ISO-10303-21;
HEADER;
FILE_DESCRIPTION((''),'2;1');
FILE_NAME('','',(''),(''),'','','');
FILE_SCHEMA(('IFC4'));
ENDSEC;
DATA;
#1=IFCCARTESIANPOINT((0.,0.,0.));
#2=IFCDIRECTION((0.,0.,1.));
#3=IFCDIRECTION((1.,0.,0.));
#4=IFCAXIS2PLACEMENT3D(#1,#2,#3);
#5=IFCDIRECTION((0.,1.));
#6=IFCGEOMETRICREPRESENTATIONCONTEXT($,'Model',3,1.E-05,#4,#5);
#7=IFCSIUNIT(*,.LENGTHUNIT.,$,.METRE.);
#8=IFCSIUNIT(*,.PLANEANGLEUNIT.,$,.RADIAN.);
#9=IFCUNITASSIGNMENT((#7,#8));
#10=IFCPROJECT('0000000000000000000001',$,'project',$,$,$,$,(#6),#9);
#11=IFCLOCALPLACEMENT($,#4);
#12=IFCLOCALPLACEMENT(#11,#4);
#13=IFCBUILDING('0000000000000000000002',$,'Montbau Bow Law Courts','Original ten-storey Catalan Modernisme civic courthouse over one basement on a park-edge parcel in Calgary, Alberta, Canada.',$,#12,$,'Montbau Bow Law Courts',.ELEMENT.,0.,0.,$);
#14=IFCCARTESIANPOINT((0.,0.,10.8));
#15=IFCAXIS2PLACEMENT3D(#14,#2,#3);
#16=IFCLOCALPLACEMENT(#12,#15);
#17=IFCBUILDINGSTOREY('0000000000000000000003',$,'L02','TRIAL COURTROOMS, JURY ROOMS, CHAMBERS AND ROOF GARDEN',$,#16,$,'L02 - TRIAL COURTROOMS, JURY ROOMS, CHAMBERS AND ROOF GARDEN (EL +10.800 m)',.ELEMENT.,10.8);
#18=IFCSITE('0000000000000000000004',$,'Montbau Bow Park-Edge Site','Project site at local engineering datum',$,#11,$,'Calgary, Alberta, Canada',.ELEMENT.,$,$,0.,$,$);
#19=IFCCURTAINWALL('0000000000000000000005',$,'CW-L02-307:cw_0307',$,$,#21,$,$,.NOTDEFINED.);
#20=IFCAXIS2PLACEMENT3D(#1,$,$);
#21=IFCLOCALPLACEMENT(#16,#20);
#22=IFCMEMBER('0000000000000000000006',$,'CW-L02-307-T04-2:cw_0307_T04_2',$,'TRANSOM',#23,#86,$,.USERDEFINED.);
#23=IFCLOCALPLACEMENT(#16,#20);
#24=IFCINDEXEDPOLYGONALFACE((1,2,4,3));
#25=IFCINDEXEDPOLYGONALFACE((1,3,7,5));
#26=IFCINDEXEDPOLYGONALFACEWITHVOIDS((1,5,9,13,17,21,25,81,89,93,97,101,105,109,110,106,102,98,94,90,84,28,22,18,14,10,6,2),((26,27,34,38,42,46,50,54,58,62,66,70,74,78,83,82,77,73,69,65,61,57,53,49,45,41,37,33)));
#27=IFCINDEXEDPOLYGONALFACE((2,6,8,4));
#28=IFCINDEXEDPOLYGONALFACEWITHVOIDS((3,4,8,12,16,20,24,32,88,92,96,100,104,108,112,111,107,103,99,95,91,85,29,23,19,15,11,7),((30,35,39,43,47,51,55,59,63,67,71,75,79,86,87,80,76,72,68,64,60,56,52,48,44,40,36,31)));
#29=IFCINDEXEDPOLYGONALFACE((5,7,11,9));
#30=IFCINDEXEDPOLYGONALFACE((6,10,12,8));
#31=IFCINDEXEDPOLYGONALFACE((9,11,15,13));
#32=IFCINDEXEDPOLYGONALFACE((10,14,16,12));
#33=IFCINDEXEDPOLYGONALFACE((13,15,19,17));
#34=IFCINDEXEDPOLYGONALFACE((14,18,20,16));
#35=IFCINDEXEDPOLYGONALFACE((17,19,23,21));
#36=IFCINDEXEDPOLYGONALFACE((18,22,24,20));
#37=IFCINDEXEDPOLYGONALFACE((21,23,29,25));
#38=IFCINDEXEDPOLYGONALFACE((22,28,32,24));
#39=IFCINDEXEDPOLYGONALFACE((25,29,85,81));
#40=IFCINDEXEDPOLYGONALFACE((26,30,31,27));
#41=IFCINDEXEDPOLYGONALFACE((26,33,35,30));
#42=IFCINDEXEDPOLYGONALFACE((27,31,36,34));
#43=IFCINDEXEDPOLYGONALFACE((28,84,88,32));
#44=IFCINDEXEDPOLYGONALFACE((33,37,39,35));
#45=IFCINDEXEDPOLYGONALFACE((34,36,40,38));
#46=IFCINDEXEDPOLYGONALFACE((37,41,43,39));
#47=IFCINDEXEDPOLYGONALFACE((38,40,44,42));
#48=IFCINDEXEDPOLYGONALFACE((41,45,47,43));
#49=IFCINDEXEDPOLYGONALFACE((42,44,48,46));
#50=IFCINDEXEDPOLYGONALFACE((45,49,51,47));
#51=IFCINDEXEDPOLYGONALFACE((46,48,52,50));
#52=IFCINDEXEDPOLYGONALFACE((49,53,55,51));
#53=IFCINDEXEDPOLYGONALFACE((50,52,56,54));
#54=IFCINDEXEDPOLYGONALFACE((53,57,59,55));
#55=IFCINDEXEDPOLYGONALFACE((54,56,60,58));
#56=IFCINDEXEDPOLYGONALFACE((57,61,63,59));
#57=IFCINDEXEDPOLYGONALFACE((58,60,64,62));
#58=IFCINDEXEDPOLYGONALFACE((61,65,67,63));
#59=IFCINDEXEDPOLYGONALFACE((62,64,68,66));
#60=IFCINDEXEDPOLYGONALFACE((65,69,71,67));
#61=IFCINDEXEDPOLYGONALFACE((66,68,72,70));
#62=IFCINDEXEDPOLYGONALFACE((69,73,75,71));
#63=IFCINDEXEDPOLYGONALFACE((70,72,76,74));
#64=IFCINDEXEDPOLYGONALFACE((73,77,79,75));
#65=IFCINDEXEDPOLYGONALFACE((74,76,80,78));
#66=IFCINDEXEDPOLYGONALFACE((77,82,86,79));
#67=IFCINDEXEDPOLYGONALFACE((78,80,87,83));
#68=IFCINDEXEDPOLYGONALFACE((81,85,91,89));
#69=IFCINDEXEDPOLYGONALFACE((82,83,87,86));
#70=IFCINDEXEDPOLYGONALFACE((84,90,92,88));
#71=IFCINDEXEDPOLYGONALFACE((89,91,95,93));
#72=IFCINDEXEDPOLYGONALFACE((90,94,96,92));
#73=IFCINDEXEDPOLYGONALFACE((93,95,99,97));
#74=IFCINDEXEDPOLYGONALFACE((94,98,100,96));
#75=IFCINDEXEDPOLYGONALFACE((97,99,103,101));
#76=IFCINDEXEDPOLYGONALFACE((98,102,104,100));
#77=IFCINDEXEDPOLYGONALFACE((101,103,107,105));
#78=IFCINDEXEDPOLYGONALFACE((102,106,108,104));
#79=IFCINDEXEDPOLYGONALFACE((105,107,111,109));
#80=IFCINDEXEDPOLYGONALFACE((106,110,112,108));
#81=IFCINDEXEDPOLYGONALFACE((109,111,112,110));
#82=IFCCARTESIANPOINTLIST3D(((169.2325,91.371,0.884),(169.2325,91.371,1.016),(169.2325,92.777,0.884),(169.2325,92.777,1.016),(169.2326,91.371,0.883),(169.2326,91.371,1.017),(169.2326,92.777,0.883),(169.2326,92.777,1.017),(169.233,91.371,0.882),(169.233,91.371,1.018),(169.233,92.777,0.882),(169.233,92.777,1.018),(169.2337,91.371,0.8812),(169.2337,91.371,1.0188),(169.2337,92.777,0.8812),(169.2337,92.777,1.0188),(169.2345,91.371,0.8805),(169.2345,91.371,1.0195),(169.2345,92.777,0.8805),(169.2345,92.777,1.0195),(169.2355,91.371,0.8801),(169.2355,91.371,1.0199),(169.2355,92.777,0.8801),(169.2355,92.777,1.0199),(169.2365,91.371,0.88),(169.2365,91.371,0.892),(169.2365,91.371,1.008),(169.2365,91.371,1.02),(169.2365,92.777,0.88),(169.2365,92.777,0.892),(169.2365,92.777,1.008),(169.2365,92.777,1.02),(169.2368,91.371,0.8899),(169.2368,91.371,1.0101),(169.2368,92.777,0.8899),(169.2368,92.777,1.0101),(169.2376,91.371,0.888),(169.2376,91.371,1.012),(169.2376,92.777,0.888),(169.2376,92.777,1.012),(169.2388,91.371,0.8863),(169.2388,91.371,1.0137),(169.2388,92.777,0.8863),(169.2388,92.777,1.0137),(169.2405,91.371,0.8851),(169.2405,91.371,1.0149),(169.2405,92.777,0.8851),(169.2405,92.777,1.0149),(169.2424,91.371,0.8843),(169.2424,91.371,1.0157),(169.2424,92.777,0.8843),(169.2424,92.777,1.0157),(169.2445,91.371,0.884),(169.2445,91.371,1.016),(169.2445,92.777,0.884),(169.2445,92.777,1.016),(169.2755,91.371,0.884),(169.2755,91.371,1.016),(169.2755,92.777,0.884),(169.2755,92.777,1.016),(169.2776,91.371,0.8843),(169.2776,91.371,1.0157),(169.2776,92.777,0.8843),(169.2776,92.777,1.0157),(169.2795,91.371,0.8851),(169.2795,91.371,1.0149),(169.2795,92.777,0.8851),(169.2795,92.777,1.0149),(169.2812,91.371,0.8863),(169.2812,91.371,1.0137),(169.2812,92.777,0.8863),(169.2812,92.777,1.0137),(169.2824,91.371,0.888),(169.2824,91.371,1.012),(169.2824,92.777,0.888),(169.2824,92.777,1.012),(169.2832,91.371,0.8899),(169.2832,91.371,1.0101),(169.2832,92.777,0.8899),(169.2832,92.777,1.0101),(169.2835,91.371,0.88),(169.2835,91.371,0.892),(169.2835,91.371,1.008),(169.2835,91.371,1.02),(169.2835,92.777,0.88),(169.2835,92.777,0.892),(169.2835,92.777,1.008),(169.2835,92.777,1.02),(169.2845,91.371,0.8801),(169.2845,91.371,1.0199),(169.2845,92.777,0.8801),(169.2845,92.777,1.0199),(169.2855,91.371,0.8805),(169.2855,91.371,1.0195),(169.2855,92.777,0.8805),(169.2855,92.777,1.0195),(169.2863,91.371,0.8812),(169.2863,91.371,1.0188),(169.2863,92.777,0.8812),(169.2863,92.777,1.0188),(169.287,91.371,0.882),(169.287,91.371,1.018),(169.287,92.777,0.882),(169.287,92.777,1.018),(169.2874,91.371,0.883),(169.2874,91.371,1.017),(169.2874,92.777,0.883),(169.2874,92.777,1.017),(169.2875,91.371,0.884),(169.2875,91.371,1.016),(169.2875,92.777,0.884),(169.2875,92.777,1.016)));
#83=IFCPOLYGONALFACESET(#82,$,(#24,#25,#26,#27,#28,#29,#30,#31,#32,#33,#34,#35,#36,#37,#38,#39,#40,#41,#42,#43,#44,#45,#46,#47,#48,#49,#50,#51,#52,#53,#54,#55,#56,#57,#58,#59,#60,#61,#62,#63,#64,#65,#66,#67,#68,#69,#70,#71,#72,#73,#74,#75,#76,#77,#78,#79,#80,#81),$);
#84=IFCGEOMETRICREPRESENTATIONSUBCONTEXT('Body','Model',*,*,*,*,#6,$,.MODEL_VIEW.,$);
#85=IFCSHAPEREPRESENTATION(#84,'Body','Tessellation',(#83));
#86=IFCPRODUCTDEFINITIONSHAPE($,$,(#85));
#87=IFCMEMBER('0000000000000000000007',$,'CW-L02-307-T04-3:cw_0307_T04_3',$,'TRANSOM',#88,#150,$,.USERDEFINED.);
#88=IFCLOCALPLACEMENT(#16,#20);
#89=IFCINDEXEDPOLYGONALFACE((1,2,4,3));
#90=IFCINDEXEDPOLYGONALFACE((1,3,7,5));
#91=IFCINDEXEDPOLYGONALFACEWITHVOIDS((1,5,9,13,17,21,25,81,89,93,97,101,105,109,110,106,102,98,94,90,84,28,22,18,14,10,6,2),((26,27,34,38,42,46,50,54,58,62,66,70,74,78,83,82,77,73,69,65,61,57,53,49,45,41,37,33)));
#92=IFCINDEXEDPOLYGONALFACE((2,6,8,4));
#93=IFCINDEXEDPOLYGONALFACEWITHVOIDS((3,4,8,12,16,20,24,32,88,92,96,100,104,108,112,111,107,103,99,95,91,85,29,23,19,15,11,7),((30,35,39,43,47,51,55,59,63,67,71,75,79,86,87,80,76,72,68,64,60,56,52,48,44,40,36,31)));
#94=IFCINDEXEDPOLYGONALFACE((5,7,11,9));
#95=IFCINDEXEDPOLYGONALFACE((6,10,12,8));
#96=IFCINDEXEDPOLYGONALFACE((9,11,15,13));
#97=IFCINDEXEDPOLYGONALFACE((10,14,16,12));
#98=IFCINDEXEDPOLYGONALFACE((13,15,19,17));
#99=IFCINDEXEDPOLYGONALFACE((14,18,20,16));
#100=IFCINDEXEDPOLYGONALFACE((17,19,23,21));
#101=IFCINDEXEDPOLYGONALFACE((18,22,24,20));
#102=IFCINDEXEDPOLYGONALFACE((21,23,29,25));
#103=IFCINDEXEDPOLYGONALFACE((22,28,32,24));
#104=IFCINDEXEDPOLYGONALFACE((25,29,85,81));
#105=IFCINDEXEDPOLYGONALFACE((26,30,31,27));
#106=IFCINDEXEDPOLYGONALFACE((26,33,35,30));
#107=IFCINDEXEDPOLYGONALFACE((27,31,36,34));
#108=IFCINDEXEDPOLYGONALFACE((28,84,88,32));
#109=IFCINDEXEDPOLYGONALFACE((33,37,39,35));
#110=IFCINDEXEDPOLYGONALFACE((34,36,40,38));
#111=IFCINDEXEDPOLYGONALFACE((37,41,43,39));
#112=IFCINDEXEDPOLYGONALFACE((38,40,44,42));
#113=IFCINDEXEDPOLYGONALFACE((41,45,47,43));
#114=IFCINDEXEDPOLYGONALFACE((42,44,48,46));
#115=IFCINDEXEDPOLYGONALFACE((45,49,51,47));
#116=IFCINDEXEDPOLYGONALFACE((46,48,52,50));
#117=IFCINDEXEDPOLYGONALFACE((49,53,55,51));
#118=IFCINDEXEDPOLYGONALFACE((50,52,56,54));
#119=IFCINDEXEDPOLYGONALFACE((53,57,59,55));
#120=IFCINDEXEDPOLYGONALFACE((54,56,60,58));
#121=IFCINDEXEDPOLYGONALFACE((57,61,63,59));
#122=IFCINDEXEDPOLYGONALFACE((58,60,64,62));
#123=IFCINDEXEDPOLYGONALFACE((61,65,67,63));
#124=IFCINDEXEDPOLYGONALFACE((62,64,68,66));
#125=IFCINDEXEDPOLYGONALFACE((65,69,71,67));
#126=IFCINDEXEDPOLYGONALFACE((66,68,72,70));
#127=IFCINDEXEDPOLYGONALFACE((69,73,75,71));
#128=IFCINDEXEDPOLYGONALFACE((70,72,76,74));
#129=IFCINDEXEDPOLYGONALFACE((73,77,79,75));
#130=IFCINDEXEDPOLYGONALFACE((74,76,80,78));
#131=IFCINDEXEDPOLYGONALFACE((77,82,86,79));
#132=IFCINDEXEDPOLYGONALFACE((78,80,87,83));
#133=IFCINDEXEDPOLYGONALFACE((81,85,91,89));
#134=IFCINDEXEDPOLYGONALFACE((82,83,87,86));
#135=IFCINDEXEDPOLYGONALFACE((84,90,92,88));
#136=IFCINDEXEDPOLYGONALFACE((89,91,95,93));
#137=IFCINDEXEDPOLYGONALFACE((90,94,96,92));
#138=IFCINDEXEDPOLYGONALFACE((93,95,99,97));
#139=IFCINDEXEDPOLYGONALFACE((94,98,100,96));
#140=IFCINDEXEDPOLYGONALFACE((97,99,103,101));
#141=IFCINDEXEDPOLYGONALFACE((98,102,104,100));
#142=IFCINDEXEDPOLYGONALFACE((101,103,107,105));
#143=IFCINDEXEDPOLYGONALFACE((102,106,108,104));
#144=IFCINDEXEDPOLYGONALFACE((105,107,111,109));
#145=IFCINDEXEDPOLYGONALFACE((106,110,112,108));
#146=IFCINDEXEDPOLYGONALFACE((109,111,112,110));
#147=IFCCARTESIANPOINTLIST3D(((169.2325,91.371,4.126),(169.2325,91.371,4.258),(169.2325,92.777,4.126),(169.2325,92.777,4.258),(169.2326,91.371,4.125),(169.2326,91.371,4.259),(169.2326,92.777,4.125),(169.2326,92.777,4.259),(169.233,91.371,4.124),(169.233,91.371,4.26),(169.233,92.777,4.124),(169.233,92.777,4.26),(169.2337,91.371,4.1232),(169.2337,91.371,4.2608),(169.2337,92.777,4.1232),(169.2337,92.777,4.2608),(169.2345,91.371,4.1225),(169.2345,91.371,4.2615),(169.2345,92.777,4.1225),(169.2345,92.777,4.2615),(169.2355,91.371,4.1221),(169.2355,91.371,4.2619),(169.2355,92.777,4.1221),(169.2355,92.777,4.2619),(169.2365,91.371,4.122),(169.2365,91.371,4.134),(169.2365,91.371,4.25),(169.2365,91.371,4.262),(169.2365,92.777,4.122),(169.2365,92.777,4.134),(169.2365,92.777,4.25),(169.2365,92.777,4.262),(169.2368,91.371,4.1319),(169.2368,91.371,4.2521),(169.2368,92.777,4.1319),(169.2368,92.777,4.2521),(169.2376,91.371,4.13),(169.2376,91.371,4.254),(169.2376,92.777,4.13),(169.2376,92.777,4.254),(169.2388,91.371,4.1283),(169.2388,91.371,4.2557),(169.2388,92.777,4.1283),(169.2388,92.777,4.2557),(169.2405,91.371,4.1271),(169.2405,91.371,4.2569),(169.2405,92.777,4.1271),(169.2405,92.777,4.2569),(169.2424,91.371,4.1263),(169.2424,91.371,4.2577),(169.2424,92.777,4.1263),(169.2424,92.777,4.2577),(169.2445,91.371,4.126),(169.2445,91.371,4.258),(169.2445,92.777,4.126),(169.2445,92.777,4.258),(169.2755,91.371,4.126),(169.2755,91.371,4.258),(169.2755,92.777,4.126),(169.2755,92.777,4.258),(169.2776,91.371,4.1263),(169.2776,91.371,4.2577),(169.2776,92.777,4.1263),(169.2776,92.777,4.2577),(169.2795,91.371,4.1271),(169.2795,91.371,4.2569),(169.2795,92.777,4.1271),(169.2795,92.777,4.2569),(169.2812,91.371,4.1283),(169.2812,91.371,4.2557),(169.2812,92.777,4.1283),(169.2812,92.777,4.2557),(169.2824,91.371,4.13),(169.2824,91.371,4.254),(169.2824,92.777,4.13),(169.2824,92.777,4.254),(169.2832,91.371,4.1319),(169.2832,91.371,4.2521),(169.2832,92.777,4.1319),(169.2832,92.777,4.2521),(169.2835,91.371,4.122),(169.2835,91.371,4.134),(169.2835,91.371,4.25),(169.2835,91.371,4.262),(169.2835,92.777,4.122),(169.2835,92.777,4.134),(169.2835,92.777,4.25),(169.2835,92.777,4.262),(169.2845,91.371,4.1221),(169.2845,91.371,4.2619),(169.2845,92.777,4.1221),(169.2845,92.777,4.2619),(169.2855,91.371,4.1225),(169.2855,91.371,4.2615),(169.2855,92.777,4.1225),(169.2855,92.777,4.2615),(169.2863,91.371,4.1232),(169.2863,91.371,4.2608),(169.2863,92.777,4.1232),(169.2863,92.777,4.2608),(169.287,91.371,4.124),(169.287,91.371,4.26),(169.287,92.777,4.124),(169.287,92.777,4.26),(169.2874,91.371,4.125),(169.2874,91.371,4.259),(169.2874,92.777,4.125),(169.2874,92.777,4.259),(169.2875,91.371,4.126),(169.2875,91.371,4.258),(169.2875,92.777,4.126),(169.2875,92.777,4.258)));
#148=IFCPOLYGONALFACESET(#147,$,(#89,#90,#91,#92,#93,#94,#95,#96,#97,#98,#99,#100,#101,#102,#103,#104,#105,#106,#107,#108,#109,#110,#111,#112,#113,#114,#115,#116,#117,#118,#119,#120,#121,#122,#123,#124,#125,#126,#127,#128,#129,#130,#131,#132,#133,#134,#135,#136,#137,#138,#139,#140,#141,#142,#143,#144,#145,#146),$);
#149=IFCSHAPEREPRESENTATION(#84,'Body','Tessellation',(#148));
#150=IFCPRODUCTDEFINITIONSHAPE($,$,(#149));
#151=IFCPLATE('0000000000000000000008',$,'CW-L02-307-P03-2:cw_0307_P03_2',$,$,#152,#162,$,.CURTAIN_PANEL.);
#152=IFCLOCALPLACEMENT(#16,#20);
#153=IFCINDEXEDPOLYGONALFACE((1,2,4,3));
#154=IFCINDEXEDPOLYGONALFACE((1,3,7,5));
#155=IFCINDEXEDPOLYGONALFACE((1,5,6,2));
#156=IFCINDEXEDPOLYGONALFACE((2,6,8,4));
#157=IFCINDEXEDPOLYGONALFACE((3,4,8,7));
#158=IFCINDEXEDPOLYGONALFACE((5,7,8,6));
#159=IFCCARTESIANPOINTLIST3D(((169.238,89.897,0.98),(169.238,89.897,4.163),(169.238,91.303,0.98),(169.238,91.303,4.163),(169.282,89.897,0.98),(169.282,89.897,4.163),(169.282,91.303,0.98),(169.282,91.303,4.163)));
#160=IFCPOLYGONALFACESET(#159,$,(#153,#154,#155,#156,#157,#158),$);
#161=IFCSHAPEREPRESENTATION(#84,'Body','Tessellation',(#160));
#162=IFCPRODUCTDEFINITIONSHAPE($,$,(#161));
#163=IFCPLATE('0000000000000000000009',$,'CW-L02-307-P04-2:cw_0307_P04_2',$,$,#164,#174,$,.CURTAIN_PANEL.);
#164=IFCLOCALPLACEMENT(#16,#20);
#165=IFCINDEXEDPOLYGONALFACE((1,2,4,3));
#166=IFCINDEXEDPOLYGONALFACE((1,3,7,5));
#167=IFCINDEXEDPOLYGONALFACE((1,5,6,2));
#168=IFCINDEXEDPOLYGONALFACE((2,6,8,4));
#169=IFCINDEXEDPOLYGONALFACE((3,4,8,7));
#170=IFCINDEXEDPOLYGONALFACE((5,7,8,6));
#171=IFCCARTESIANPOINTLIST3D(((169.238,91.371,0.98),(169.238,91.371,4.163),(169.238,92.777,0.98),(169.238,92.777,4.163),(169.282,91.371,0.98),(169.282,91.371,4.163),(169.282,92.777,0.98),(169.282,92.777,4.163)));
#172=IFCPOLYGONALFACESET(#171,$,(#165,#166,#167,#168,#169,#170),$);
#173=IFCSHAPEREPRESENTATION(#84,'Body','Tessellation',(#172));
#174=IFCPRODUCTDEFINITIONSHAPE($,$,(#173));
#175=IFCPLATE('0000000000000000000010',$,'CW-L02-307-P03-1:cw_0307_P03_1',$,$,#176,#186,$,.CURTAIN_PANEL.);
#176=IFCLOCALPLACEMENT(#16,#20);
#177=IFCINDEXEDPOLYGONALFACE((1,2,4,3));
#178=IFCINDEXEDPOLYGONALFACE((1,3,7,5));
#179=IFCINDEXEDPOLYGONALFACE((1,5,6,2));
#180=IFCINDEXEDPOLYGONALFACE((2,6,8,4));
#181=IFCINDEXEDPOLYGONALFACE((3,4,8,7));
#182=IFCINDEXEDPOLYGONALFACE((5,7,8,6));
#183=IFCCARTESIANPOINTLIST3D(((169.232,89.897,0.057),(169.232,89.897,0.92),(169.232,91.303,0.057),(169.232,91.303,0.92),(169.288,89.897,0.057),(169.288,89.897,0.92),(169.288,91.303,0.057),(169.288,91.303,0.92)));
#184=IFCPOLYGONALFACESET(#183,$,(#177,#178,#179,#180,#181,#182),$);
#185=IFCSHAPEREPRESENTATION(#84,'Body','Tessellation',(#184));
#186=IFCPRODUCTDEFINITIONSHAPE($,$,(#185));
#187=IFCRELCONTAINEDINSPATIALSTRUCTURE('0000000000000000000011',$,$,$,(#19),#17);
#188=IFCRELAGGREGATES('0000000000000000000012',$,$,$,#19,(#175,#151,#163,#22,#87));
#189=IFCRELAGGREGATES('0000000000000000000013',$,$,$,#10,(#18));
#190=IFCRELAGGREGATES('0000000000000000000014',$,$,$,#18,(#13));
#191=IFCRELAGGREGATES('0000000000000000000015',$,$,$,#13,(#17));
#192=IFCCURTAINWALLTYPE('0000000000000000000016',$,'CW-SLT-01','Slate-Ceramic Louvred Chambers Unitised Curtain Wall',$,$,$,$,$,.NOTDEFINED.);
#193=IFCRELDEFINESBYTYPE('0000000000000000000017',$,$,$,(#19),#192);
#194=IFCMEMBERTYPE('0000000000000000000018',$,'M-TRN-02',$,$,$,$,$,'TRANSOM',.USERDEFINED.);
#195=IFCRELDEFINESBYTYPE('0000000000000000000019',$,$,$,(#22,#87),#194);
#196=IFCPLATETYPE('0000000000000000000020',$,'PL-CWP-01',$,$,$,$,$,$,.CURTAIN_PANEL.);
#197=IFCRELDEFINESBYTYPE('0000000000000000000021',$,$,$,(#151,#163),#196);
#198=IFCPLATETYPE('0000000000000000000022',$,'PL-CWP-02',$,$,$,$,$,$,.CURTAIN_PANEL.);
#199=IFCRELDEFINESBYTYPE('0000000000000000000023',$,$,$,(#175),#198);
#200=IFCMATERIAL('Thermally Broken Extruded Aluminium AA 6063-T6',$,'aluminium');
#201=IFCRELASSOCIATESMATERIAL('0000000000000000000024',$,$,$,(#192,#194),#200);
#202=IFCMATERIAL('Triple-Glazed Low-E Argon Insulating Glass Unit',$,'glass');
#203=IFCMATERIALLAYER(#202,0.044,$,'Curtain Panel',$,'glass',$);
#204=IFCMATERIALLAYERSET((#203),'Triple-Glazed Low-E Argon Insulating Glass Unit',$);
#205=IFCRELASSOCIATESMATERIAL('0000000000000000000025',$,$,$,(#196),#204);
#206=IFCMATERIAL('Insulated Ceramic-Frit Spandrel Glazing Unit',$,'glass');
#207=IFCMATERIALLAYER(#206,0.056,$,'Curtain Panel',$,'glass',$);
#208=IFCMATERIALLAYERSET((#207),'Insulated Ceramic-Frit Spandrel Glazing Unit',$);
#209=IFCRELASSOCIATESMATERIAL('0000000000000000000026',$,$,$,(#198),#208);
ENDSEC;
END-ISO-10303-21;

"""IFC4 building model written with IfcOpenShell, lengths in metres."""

from ifc_helpers import new_model, si_unit, direction, frame, frame_2d, origin_with_axes, origin_2d_with_axis, place, context, subcontext, project, spatial, rectangle, hollow_rectangle, extrude, material, layer, layer_set, material_profile, profile_set, type_object, element, aggregate, save


model = new_model("IFC4")

# Units and contexts
model_context = context("Model", 3, precision=1e-05, world=origin_with_axes(), true_north=direction((0.0, 1.0)))
body_context = subcontext(model_context, "Body", "Model", "MODEL_VIEW")
ifc_project = project(units=[si_unit("LENGTHUNIT", "METRE"), si_unit("PLANEANGLEUNIT", "RADIAN")], contexts=[model_context])

# Site, building, storey
site_placement = place(None, origin_with_axes())
site = spatial("IfcSite", under=ifc_project, at=site_placement, Name="Montbau Bow Park-Edge Site", Description="Project site at local engineering datum", LongName="Calgary, Alberta, Canada", CompositionType="ELEMENT", RefElevation=0.0)
building_placement = place(site_placement, origin_with_axes())
building = spatial("IfcBuilding", under=site, at=building_placement, Name="Montbau Bow Law Courts", Description="Original ten-storey Catalan Modernisme civic courthouse over one basement on a park-edge parcel in Calgary, Alberta, Canada.", LongName="Montbau Bow Law Courts", CompositionType="ELEMENT", ElevationOfRefHeight=0.0, ElevationOfTerrain=0.0)
storey_placement = place(building_placement, frame((0.0, 0.0, 10.8), z_axis=(0.0, 0.0, 1.0), x_axis=(1.0, 0.0, 0.0)))
storey = spatial("IfcBuildingStorey", under=building, at=storey_placement, Name="L02", Description="TRIAL COURTROOMS, JURY ROOMS, CHAMBERS AND ROOF GARDEN", LongName="L02 - TRIAL COURTROOMS, JURY ROOMS, CHAMBERS AND ROOF GARDEN (EL +10.800 m)", CompositionType="ELEMENT", Elevation=10.8)

# Curtain wall, members, plates
ifc_material_1 = material(Name="Thermally Broken Extruded Aluminium AA 6063-T6", Category="aluminium")
curtain_wall_type = type_object("IfcCurtainWallType", Name="CW-SLT-01", Description="Slate-Ceramic Louvred Chambers Unitised Curtain Wall", PredefinedType="NOTDEFINED", material=ifc_material_1)
curtain_wall_placement = place(None, frame((169.26, 86.915, 10.8), z_axis=(0.0, 0.0, 1.0), x_axis=(1.0, 0.0, 0.0)))
curtain_wall = element("IfcCurtainWall", 1, at=curtain_wall_placement, inside=storey, type_object=curtain_wall_type, Name="CW-L02-307:cw_0307", PredefinedType="NOTDEFINED")
ifc_material_profile_1 = material_profile(ifc_material_1, hollow_rectangle(XDim=0.055, YDim=0.14, WallThickness=0.004, InnerFilletRadius=0.008, OuterFilletRadius=0.004, at=origin_2d_with_axis()), Name="CWT-140X55", Category="Main", Priority=0)
ifc_profile_set_1 = profile_set([ifc_material_profile_1], Name="Thermally Broken Extruded Aluminium AA 6063-T6")
member_type_1 = type_object("IfcMemberType", Name="M-TRN-02", ElementType="TRANSOM", PredefinedType="USERDEFINED", material=ifc_profile_set_1)
member_1_placement = place(None, frame((169.26, 91.371, 11.75), z_axis=(0.0, 1.0, 0.0), x_axis=(-1.0, 0.0, 0.0)))
member_1 = element("IfcMember", 2, at=member_1_placement, type_object=member_type_1, Name="CW-L02-307-T04-2:cw_0307_T04_2", ObjectType="TRANSOM", PredefinedType="USERDEFINED", context=body_context, shape_type="SweptSolid", body=[
    extrude(hollow_rectangle(XDim=0.055, YDim=0.14, WallThickness=0.004, InnerFilletRadius=0.008, OuterFilletRadius=0.004, at=origin_2d_with_axis()), origin_with_axes(), (0.0, 0.0, 1.0), 1.406),
])
member_2_placement = place(None, frame((169.26, 91.371, 14.992), z_axis=(0.0, 1.0, 0.0), x_axis=(-1.0, 0.0, 0.0)))
member_2 = element("IfcMember", 3, at=member_2_placement, type_object=member_type_1, Name="CW-L02-307-T04-3:cw_0307_T04_3", ObjectType="TRANSOM", PredefinedType="USERDEFINED", context=body_context, shape_type="SweptSolid", body=[
    extrude(hollow_rectangle(XDim=0.055, YDim=0.14, WallThickness=0.004, InnerFilletRadius=0.008, OuterFilletRadius=0.004, at=origin_2d_with_axis()), origin_with_axes(), (0.0, 0.0, 1.0), 1.406),
])
ifc_material_2 = material(Name="Triple-Glazed Low-E Argon Insulating Glass Unit", Category="glass")
ifc_layer_1 = layer(ifc_material_2, 0.044, Name="Curtain Panel", Category="glass")
ifc_layer_set_1 = layer_set([ifc_layer_1], Name="Triple-Glazed Low-E Argon Insulating Glass Unit")
plate_type_1 = type_object("IfcPlateType", Name="PL-CWP-01", PredefinedType="CURTAIN_PANEL", material=ifc_layer_set_1)
plate_1_placement = place(None, frame((169.26, 89.897, 11.78), z_axis=(1.0, 0.0, 0.0), x_axis=(0.0, 1.0, 0.0)))
plate_1 = element("IfcPlate", 4, at=plate_1_placement, type_object=plate_type_1, Name="CW-L02-307-P03-2:cw_0307_P03_2", PredefinedType="CURTAIN_PANEL", context=body_context, shape_type="SweptSolid", body=[
    extrude(rectangle(XDim=1.406, YDim=3.183, at=frame_2d((0.703, 1.5915), x_axis=(1.0, 0.0))), frame((0.0, 0.0, -0.022), z_axis=(0.0, 0.0, 1.0), x_axis=(1.0, 0.0, 0.0)), (0.0, 0.0, 1.0), 0.044),
])
plate_2_placement = place(None, frame((169.26, 91.371, 11.78), z_axis=(1.0, 0.0, 0.0), x_axis=(0.0, 1.0, 0.0)))
plate_2 = element("IfcPlate", 5, at=plate_2_placement, type_object=plate_type_1, Name="CW-L02-307-P04-2:cw_0307_P04_2", PredefinedType="CURTAIN_PANEL", context=body_context, shape_type="SweptSolid", body=[
    extrude(rectangle(XDim=1.406, YDim=3.183, at=frame_2d((0.703, 1.5915), x_axis=(1.0, 0.0))), frame((0.0, 0.0, -0.022), z_axis=(0.0, 0.0, 1.0), x_axis=(1.0, 0.0, 0.0)), (0.0, 0.0, 1.0), 0.044),
])
ifc_material_3 = material(Name="Insulated Ceramic-Frit Spandrel Glazing Unit", Category="glass")
ifc_layer_2 = layer(ifc_material_3, 0.056, Name="Curtain Panel", Category="glass")
ifc_layer_set_2 = layer_set([ifc_layer_2], Name="Insulated Ceramic-Frit Spandrel Glazing Unit")
plate_type_2 = type_object("IfcPlateType", Name="PL-CWP-02", PredefinedType="CURTAIN_PANEL", material=ifc_layer_set_2)
plate_3_placement = place(None, frame((169.26, 89.897, 10.857), z_axis=(1.0, 0.0, 0.0), x_axis=(0.0, 1.0, 0.0)))
plate_3 = element("IfcPlate", 6, at=plate_3_placement, type_object=plate_type_2, Name="CW-L02-307-P03-1:cw_0307_P03_1", PredefinedType="CURTAIN_PANEL", context=body_context, shape_type="SweptSolid", body=[
    extrude(rectangle(XDim=1.406, YDim=0.863, at=frame_2d((0.703, 0.4315), x_axis=(1.0, 0.0))), frame((0.0, 0.0, -0.028), z_axis=(0.0, 0.0, 1.0), x_axis=(1.0, 0.0, 0.0)), (0.0, 0.0, 1.0), 0.056),
])
aggregate(curtain_wall, [plate_3, plate_1, plate_2, member_1, member_2])

save(model, "model.ifc")
